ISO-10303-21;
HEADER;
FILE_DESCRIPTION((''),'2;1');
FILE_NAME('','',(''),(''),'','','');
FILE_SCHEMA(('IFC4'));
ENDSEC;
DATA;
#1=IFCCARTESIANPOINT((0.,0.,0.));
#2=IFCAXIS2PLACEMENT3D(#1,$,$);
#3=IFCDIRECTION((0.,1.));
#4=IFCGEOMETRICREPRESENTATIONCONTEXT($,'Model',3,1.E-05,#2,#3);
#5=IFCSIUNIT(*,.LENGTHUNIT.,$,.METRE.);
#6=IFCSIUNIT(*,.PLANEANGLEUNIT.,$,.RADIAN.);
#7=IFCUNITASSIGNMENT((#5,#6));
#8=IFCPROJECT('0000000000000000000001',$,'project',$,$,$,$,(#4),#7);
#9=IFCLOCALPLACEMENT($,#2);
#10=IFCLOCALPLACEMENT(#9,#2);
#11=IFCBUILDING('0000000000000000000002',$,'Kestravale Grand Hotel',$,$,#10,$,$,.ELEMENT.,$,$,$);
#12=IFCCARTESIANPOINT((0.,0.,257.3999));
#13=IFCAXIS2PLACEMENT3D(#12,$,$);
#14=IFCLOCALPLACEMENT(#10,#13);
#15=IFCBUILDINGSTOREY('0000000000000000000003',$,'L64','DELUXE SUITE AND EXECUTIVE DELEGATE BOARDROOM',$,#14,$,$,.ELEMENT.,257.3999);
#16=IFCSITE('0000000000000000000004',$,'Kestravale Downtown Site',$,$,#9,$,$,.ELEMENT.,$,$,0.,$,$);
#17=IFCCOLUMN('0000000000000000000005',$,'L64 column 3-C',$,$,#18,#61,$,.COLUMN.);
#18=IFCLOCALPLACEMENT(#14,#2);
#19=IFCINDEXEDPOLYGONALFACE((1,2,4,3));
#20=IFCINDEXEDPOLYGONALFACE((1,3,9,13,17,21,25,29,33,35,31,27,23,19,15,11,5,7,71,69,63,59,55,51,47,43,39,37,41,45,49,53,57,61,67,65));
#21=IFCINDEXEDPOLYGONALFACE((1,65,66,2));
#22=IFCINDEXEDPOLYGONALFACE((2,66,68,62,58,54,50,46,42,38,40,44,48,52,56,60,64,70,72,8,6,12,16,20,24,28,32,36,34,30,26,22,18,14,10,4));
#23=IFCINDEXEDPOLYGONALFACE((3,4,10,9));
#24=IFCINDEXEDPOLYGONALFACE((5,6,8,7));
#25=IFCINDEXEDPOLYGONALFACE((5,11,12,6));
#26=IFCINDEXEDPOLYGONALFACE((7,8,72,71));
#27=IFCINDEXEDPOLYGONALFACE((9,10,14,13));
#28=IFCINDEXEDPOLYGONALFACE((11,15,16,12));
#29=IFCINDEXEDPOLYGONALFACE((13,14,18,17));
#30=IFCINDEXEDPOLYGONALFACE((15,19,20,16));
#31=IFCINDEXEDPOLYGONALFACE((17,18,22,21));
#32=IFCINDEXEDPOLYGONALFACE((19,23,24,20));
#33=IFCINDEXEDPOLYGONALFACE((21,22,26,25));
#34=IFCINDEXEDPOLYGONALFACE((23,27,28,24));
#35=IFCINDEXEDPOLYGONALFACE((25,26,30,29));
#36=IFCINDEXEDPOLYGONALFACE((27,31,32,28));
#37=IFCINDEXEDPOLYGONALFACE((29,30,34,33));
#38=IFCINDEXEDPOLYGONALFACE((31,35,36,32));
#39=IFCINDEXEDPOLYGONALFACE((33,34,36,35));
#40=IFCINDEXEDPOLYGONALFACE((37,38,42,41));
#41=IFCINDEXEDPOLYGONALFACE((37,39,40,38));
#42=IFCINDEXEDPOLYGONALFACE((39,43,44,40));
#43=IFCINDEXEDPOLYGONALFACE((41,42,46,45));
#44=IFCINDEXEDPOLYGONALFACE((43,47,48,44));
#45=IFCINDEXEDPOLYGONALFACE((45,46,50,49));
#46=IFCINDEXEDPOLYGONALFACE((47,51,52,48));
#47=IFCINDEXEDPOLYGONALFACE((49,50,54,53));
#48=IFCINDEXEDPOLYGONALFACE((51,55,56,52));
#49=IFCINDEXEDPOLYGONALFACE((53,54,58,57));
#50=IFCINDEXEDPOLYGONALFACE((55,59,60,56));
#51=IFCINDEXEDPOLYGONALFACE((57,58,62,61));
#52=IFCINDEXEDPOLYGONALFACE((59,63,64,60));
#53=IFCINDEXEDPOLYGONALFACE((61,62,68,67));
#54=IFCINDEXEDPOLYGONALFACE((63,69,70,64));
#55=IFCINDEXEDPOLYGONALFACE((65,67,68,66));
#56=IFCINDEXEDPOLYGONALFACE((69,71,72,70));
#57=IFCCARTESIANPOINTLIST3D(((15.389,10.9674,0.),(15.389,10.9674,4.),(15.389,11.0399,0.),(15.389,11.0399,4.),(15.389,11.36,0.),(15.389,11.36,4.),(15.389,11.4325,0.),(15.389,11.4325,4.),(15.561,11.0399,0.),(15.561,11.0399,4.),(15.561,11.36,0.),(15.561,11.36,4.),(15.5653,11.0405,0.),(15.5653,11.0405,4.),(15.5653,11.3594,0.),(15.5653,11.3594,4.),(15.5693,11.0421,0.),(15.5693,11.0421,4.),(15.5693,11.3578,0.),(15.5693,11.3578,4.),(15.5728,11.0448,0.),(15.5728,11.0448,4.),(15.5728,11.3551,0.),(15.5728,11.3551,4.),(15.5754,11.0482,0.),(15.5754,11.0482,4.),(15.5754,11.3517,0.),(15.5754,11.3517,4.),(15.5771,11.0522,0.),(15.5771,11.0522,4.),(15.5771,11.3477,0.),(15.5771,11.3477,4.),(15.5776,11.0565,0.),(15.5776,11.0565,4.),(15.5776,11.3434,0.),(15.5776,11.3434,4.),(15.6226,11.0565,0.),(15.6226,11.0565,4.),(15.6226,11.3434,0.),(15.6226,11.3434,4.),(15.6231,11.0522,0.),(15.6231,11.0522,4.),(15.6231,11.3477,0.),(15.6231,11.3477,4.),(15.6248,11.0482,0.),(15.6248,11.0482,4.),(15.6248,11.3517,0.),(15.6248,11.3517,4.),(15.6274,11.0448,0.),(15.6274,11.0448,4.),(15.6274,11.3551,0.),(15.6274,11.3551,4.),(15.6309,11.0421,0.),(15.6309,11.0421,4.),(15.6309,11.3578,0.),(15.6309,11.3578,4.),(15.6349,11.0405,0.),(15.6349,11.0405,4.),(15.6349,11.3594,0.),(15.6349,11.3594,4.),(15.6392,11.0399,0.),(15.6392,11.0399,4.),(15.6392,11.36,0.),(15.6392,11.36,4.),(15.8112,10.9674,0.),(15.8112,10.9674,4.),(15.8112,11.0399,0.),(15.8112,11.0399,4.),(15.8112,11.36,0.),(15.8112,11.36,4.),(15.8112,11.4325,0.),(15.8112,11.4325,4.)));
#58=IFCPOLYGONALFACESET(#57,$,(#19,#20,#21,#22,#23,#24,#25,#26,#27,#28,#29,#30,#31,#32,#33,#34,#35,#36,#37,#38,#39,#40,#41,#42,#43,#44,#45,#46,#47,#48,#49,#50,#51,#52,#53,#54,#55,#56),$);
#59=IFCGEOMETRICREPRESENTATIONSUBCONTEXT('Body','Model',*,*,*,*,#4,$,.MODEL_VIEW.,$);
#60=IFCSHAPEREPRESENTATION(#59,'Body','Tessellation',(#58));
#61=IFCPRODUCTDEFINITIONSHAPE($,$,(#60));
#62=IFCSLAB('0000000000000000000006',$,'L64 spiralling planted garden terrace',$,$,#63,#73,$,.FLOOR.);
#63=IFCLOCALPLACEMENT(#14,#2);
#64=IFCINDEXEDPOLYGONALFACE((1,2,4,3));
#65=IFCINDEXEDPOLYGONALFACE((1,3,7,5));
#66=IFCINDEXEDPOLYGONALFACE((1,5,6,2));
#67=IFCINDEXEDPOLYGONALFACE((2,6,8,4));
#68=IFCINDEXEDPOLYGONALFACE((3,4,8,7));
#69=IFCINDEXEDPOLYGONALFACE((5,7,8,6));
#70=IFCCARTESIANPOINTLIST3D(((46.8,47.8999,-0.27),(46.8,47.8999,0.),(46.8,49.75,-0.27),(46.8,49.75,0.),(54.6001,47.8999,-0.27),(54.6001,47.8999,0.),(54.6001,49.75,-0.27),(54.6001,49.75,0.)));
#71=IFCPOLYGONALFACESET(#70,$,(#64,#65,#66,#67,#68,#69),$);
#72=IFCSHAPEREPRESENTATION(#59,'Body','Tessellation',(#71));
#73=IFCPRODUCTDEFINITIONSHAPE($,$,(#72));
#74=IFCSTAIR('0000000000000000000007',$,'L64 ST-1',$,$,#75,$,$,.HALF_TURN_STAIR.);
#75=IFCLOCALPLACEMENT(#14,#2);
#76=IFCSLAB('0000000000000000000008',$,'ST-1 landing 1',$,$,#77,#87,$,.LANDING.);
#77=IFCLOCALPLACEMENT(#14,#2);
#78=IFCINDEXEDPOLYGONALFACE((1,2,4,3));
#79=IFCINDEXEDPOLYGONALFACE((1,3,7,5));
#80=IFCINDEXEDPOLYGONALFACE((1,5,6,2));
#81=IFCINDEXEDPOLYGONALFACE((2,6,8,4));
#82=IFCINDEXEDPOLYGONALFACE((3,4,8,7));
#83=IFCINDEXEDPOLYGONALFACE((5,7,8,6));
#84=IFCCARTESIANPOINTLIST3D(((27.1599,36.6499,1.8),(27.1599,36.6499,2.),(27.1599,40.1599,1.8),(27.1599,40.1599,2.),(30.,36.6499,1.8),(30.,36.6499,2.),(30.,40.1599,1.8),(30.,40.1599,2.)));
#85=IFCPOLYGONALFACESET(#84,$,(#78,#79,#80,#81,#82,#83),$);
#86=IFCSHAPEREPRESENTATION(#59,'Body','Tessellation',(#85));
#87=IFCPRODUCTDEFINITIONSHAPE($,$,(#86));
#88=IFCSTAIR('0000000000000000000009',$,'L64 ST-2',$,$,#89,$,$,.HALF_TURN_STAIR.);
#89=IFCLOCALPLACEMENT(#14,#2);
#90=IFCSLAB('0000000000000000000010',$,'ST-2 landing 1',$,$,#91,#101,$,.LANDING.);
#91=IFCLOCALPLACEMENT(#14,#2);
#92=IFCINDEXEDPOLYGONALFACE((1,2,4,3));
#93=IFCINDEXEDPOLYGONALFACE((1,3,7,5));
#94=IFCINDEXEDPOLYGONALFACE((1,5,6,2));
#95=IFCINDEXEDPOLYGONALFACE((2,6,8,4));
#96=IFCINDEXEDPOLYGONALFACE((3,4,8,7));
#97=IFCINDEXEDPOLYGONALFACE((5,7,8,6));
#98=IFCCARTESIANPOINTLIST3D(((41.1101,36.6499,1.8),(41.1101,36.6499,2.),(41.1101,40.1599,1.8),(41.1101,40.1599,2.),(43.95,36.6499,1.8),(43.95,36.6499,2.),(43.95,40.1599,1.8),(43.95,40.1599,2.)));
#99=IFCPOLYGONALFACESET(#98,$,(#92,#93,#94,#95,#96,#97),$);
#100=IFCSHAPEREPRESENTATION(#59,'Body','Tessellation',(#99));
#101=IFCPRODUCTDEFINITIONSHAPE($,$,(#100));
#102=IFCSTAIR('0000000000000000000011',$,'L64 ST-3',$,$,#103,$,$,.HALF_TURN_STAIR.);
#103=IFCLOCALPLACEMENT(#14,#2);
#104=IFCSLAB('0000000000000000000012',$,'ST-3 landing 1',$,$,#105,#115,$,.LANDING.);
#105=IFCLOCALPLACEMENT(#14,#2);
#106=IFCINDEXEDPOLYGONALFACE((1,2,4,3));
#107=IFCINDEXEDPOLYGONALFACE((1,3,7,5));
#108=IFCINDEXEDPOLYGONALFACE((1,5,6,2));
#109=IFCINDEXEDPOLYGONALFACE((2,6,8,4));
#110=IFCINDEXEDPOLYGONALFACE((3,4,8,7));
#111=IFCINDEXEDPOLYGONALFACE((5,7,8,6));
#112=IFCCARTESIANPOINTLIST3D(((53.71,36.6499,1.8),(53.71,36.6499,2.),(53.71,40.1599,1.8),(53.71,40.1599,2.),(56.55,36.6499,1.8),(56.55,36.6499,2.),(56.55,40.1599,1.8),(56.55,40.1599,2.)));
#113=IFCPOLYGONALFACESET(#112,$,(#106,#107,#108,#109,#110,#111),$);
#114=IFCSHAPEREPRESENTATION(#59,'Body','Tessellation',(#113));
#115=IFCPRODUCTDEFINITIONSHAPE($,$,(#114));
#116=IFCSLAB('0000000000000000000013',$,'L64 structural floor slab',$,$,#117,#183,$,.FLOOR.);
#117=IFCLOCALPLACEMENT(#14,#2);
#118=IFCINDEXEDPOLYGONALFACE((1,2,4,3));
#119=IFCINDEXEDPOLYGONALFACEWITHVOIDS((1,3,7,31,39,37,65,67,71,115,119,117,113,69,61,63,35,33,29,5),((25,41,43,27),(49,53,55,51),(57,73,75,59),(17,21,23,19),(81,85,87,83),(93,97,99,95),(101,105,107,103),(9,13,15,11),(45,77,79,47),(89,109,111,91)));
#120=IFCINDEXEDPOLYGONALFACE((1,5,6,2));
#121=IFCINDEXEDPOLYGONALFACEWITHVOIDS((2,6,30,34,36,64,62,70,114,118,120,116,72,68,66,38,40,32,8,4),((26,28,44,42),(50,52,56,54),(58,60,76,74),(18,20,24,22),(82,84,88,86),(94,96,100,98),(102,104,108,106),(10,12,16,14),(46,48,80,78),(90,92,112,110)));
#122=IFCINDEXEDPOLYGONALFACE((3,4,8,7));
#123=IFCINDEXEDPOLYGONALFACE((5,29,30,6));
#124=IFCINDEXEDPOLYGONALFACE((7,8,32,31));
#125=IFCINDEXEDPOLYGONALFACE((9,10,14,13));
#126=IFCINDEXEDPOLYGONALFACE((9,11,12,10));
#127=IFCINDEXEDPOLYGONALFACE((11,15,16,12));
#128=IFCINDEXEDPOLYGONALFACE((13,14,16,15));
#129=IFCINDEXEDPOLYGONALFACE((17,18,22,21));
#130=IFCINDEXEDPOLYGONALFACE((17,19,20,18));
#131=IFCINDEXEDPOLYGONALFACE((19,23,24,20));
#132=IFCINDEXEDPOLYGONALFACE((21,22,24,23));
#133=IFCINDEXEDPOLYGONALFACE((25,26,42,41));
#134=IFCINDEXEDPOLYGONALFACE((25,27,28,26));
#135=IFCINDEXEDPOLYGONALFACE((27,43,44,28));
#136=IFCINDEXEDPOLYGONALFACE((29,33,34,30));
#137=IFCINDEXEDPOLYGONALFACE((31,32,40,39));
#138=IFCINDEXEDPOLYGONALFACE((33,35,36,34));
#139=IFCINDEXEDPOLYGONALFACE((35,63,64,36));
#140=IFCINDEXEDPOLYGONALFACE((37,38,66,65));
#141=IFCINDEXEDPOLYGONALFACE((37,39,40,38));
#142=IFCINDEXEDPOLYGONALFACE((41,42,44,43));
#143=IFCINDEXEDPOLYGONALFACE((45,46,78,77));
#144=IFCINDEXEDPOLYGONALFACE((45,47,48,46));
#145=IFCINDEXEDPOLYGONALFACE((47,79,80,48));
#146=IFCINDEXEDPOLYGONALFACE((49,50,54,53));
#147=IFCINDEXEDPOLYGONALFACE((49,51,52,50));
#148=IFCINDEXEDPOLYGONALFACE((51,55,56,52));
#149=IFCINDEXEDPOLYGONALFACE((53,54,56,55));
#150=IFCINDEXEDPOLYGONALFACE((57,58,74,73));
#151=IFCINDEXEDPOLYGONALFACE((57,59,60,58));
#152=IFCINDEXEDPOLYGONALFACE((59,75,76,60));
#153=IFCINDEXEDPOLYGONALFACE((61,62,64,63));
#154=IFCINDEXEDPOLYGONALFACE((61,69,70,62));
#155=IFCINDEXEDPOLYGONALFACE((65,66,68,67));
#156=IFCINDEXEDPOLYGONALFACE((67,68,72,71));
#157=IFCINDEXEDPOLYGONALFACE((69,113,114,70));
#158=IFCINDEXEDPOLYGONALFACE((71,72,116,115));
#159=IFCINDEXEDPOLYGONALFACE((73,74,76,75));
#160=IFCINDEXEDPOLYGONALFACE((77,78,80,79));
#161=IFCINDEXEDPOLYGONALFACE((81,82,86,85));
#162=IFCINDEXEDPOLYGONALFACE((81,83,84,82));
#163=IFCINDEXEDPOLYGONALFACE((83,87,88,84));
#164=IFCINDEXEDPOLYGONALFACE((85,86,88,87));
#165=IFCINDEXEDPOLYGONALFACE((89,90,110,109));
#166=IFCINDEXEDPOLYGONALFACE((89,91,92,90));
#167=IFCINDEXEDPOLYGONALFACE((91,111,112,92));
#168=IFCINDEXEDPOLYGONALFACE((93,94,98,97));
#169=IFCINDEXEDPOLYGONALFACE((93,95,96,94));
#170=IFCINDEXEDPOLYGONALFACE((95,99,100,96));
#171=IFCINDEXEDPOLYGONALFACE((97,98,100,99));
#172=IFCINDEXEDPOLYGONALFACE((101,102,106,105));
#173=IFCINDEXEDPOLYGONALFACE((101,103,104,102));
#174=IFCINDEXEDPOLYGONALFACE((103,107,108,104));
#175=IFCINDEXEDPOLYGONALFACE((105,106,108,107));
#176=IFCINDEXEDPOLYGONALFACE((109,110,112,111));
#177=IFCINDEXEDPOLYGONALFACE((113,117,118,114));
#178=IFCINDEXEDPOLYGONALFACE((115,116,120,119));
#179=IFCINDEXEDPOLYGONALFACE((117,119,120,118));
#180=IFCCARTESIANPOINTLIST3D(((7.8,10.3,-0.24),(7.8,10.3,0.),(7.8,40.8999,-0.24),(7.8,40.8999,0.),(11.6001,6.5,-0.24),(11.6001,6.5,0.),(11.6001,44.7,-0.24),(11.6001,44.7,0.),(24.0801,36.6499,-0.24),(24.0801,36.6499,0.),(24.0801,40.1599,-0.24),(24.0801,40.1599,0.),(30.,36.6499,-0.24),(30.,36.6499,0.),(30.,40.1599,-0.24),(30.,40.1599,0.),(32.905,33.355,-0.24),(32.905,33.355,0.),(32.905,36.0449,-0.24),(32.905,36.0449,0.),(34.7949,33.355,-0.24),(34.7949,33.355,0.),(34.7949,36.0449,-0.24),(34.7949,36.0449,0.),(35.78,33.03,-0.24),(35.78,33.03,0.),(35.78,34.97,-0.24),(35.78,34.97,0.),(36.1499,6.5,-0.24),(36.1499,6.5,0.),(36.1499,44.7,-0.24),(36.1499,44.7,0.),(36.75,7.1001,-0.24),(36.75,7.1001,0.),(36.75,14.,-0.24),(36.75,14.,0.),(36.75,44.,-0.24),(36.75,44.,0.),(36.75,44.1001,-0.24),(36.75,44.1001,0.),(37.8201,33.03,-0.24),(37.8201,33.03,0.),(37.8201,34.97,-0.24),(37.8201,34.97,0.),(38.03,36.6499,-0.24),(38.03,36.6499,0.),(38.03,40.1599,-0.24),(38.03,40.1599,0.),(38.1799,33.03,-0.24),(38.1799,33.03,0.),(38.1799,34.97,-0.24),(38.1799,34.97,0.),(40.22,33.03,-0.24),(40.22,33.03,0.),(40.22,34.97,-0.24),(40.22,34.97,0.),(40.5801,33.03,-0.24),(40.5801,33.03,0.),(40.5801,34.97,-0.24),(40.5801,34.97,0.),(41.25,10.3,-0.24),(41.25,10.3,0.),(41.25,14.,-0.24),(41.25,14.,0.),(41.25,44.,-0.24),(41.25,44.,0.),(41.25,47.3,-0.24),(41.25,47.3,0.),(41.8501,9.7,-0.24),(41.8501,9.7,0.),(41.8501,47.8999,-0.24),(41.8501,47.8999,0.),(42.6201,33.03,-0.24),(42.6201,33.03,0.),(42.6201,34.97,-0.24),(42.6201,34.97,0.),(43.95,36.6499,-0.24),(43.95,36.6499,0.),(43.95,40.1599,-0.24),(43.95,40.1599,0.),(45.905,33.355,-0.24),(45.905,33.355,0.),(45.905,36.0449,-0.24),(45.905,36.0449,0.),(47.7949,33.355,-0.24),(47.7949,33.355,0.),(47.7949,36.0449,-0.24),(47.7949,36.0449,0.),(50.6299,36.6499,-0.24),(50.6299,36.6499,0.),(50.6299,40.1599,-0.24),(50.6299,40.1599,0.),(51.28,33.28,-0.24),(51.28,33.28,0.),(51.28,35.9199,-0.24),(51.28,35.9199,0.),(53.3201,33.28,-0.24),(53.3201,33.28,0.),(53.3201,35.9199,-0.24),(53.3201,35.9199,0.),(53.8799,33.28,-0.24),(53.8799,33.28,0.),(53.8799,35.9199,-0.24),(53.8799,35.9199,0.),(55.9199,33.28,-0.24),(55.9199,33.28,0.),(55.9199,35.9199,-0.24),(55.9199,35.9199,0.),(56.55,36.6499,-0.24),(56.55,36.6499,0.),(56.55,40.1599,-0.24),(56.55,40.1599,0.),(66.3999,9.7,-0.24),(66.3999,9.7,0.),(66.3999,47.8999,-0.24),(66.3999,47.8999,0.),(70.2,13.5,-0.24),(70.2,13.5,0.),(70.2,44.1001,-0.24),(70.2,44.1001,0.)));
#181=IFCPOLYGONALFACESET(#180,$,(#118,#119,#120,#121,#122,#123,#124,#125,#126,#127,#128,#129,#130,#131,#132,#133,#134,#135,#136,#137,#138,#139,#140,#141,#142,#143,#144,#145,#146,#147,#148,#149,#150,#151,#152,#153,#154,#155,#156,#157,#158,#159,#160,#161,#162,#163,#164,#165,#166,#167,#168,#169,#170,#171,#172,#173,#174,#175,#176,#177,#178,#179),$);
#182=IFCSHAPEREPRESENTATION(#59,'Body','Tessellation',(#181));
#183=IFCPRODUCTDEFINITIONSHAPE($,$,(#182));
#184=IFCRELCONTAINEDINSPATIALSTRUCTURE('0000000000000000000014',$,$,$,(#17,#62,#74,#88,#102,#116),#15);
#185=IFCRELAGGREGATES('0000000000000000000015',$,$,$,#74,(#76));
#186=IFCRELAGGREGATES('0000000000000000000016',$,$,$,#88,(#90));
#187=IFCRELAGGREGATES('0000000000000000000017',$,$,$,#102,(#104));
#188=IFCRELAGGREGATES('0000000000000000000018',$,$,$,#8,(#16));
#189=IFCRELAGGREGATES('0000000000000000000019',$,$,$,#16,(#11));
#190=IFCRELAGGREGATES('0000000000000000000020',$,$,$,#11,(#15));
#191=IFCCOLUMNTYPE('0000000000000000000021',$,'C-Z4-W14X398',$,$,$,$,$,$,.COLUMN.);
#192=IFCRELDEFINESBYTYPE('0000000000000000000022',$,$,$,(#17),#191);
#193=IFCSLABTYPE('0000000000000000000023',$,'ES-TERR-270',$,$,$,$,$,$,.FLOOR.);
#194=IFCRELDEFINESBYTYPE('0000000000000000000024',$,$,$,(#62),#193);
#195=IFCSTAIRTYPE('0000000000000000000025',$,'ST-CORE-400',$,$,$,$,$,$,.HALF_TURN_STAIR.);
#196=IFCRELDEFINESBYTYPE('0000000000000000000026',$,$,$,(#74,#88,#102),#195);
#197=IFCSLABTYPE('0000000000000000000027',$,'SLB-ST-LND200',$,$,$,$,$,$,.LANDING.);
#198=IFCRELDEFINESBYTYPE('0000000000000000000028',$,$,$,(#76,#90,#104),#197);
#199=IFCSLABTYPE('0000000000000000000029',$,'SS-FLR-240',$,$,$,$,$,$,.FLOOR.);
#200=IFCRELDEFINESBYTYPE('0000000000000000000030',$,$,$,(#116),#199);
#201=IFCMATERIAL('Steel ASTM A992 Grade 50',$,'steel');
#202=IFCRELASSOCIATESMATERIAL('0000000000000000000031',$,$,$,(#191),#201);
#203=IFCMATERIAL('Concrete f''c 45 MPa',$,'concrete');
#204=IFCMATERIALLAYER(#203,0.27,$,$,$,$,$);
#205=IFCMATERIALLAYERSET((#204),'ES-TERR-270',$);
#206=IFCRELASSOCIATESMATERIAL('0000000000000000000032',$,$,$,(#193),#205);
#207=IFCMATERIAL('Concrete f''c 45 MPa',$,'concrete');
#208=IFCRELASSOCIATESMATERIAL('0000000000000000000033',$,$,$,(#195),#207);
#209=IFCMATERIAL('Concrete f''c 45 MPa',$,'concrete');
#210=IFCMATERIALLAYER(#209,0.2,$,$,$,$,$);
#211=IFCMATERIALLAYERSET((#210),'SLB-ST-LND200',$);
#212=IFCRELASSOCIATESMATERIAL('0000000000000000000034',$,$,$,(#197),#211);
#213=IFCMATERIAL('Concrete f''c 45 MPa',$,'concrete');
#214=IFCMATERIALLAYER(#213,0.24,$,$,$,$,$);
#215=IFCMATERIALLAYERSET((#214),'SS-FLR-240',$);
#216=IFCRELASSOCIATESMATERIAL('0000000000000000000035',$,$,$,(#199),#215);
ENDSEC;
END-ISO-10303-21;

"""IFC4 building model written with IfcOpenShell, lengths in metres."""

from ifc_helpers import new_model, si_unit, direction, frame, origin, origin_2d, place, context, subcontext, project, spatial, polyline, i_section, outline, extrude, material, layer, layer_set, material_profile, profile_set, type_object, element, aggregate, save


model = new_model("IFC4")

# Units and contexts
model_context = context("Model", 3, precision=1e-05, world=origin(), true_north=direction((0.0, 1.0)))
body_context = subcontext(model_context, "Body", "Model", "MODEL_VIEW")
ifc_project = project(units=[si_unit("LENGTHUNIT", "METRE"), si_unit("PLANEANGLEUNIT", "RADIAN")], contexts=[model_context])

# Site, building, storey
site_placement = place(None, origin())
site = spatial("IfcSite", under=ifc_project, at=site_placement, Name="Kestravale Downtown Site", CompositionType="ELEMENT", RefElevation=0.0)
building_placement = place(site_placement, origin())
building = spatial("IfcBuilding", under=site, at=building_placement, Name="Kestravale Grand Hotel", CompositionType="ELEMENT")
storey_placement = place(building_placement, frame((0.0, 0.0, 257.3999)))
storey = spatial("IfcBuildingStorey", under=building, at=storey_placement, Name="L64", Description="DELUXE SUITE AND EXECUTIVE DELEGATE BOARDROOM", CompositionType="ELEMENT", Elevation=257.3999)

# Column
ifc_material_1 = material(Name="Steel ASTM A992 Grade 50", Category="steel")
ifc_material_profile = material_profile(ifc_material_1, i_section(OverallWidth=0.4221, OverallDepth=0.4651, WebThickness=0.0449, FlangeThickness=0.0725, FilletRadius=0.0166, at=origin_2d()))
ifc_profile_set = profile_set([ifc_material_profile], Name="Steel ASTM A992 Grade 50")
column_type = type_object("IfcColumnType", Name="C-Z4-W14X398", PredefinedType="COLUMN", material=ifc_profile_set)
column_placement = place(storey_placement, frame((15.6001, 11.2, 0.0), z_axis=(0.0, 0.0, 1.0), x_axis=(1.0, 0.0, 0.0)))
element("IfcColumn", 1, at=column_placement, inside=storey, type_object=column_type, Name="L64 column 3-C", PredefinedType="COLUMN", context=body_context, shape_type="SweptSolid", body=[
    extrude(i_section(OverallWidth=0.4221, OverallDepth=0.4651, WebThickness=0.0449, FlangeThickness=0.0725, FilletRadius=0.0166, at=origin_2d()), origin(), (0.0, 0.0, 1.0), 4.0),
])

# Slab
ifc_material_2 = material(Name="Concrete f'c 45 MPa", Category="concrete")
ifc_layer_1 = layer(ifc_material_2, 0.27)
ifc_layer_set_1 = layer_set([ifc_layer_1], Name="ES-TERR-270")
slab_type_1 = type_object("IfcSlabType", Name="ES-TERR-270", PredefinedType="FLOOR", material=ifc_layer_set_1)
slab_1_placement = place(storey_placement, frame((0.0, 0.0, -0.27)))
element("IfcSlab", 2, at=slab_1_placement, inside=storey, type_object=slab_type_1, Name="L64 spiralling planted garden terrace", PredefinedType="FLOOR", context=body_context, shape_type="SweptSolid", body=[
    extrude(outline(polyline([(46.8, 47.8999), (54.6001, 47.8999), (54.6001, 49.75), (46.8, 49.75), (46.8, 47.8999)])), origin(), (0.0, 0.0, 1.0), 0.27),
])

# Stairs, slabs
ifc_material_3 = material(Name="Concrete f'c 45 MPa", Category="concrete")
stair_type = type_object("IfcStairType", Name="ST-CORE-400", PredefinedType="HALF_TURN_STAIR", material=ifc_material_3)
stair_1_placement = place(storey_placement, origin())
stair_1 = element("IfcStair", 3, at=stair_1_placement, inside=storey, type_object=stair_type, Name="L64 ST-1", PredefinedType="HALF_TURN_STAIR")
ifc_material_4 = material(Name="Concrete f'c 45 MPa", Category="concrete")
ifc_layer_2 = layer(ifc_material_4, 0.2)
ifc_layer_set_2 = layer_set([ifc_layer_2], Name="SLB-ST-LND200")
slab_type_2 = type_object("IfcSlabType", Name="SLB-ST-LND200", PredefinedType="LANDING", material=ifc_layer_set_2)
slab_2_placement = place(storey_placement, frame((0.0, 0.0, 1.8)))
slab_2 = element("IfcSlab", 4, at=slab_2_placement, type_object=slab_type_2, Name="ST-1 landing 1", PredefinedType="LANDING", context=body_context, shape_type="SweptSolid", body=[
    extrude(outline(polyline([(27.1599, 36.6499), (30.0, 36.6499), (30.0, 40.1599), (27.1599, 40.1599), (27.1599, 36.6499)])), origin(), (0.0, 0.0, 1.0), 0.2),
])
aggregate(stair_1, [slab_2])
stair_2_placement = place(storey_placement, origin())
stair_2 = element("IfcStair", 5, at=stair_2_placement, inside=storey, type_object=stair_type, Name="L64 ST-2", PredefinedType="HALF_TURN_STAIR")
slab_3_placement = place(storey_placement, frame((0.0, 0.0, 1.8)))
slab_3 = element("IfcSlab", 6, at=slab_3_placement, type_object=slab_type_2, Name="ST-2 landing 1", PredefinedType="LANDING", context=body_context, shape_type="SweptSolid", body=[
    extrude(outline(polyline([(41.1101, 36.6499), (43.95, 36.6499), (43.95, 40.1599), (41.1101, 40.1599), (41.1101, 36.6499)])), origin(), (0.0, 0.0, 1.0), 0.2),
])
aggregate(stair_2, [slab_3])
stair_3_placement = place(storey_placement, origin())
stair_3 = element("IfcStair", 7, at=stair_3_placement, inside=storey, type_object=stair_type, Name="L64 ST-3", PredefinedType="HALF_TURN_STAIR")
slab_4_placement = place(storey_placement, frame((0.0, 0.0, 1.8)))
slab_4 = element("IfcSlab", 8, at=slab_4_placement, type_object=slab_type_2, Name="ST-3 landing 1", PredefinedType="LANDING", context=body_context, shape_type="SweptSolid", body=[
    extrude(outline(polyline([(53.71, 36.6499), (56.55, 36.6499), (56.55, 40.1599), (53.71, 40.1599), (53.71, 36.6499)])), origin(), (0.0, 0.0, 1.0), 0.2),
])
aggregate(stair_3, [slab_4])

# Slab
ifc_material_5 = material(Name="Concrete f'c 45 MPa", Category="concrete")
ifc_layer_3 = layer(ifc_material_5, 0.24)
ifc_layer_set_3 = layer_set([ifc_layer_3], Name="SS-FLR-240")
slab_type_3 = type_object("IfcSlabType", Name="SS-FLR-240", PredefinedType="FLOOR", material=ifc_layer_set_3)
slab_5_placement = place(storey_placement, frame((0.0, 0.0, -0.24)))
element("IfcSlab", 9, at=slab_5_placement, inside=storey, type_object=slab_type_3, Name="L64 structural floor slab", PredefinedType="FLOOR", context=body_context, shape_type="SweptSolid", body=[
    extrude(outline(polyline([(11.6001, 6.5), (36.1499, 6.5), (36.75, 7.1001), (36.75, 14.0), (41.25, 14.0), (41.25, 10.3), (41.8501, 9.7), (66.3999, 9.7), (70.2, 13.5), (70.2, 44.1001), (66.3999, 47.8999), (41.8501, 47.8999), (41.25, 47.3), (41.25, 44.0), (36.75, 44.0), (36.75, 44.1001), (36.1499, 44.7), (11.6001, 44.7), (7.8, 40.8999), (7.8, 10.3), (11.6001, 6.5)]), holes=[polyline([(24.0801, 36.6499), (30.0, 36.6499), (30.0, 40.1599), (24.0801, 40.1599), (24.0801, 36.6499)]), polyline([(38.03, 36.6499), (43.95, 36.6499), (43.95, 40.1599), (38.03, 40.1599), (38.03, 36.6499)]), polyline([(50.6299, 36.6499), (56.55, 36.6499), (56.55, 40.1599), (50.6299, 40.1599), (50.6299, 36.6499)]), polyline([(35.78, 33.03), (37.8201, 33.03), (37.8201, 34.97), (35.78, 34.97), (35.78, 33.03)]), polyline([(38.1799, 33.03), (40.22, 33.03), (40.22, 34.97), (38.1799, 34.97), (38.1799, 33.03)]), polyline([(40.5801, 33.03), (42.6201, 33.03), (42.6201, 34.97), (40.5801, 34.97), (40.5801, 33.03)]), polyline([(32.905, 33.355), (34.7949, 33.355), (34.7949, 36.0449), (32.905, 36.0449), (32.905, 33.355)]), polyline([(45.905, 33.355), (47.7949, 33.355), (47.7949, 36.0449), (45.905, 36.0449), (45.905, 33.355)]), polyline([(51.28, 33.28), (53.3201, 33.28), (53.3201, 35.9199), (51.28, 35.9199), (51.28, 33.28)]), polyline([(53.8799, 33.28), (55.9199, 33.28), (55.9199, 35.9199), (53.8799, 35.9199), (53.8799, 33.28)])]), origin(), (0.0, 0.0, 1.0), 0.24),
])

save(model, "model.ifc")
